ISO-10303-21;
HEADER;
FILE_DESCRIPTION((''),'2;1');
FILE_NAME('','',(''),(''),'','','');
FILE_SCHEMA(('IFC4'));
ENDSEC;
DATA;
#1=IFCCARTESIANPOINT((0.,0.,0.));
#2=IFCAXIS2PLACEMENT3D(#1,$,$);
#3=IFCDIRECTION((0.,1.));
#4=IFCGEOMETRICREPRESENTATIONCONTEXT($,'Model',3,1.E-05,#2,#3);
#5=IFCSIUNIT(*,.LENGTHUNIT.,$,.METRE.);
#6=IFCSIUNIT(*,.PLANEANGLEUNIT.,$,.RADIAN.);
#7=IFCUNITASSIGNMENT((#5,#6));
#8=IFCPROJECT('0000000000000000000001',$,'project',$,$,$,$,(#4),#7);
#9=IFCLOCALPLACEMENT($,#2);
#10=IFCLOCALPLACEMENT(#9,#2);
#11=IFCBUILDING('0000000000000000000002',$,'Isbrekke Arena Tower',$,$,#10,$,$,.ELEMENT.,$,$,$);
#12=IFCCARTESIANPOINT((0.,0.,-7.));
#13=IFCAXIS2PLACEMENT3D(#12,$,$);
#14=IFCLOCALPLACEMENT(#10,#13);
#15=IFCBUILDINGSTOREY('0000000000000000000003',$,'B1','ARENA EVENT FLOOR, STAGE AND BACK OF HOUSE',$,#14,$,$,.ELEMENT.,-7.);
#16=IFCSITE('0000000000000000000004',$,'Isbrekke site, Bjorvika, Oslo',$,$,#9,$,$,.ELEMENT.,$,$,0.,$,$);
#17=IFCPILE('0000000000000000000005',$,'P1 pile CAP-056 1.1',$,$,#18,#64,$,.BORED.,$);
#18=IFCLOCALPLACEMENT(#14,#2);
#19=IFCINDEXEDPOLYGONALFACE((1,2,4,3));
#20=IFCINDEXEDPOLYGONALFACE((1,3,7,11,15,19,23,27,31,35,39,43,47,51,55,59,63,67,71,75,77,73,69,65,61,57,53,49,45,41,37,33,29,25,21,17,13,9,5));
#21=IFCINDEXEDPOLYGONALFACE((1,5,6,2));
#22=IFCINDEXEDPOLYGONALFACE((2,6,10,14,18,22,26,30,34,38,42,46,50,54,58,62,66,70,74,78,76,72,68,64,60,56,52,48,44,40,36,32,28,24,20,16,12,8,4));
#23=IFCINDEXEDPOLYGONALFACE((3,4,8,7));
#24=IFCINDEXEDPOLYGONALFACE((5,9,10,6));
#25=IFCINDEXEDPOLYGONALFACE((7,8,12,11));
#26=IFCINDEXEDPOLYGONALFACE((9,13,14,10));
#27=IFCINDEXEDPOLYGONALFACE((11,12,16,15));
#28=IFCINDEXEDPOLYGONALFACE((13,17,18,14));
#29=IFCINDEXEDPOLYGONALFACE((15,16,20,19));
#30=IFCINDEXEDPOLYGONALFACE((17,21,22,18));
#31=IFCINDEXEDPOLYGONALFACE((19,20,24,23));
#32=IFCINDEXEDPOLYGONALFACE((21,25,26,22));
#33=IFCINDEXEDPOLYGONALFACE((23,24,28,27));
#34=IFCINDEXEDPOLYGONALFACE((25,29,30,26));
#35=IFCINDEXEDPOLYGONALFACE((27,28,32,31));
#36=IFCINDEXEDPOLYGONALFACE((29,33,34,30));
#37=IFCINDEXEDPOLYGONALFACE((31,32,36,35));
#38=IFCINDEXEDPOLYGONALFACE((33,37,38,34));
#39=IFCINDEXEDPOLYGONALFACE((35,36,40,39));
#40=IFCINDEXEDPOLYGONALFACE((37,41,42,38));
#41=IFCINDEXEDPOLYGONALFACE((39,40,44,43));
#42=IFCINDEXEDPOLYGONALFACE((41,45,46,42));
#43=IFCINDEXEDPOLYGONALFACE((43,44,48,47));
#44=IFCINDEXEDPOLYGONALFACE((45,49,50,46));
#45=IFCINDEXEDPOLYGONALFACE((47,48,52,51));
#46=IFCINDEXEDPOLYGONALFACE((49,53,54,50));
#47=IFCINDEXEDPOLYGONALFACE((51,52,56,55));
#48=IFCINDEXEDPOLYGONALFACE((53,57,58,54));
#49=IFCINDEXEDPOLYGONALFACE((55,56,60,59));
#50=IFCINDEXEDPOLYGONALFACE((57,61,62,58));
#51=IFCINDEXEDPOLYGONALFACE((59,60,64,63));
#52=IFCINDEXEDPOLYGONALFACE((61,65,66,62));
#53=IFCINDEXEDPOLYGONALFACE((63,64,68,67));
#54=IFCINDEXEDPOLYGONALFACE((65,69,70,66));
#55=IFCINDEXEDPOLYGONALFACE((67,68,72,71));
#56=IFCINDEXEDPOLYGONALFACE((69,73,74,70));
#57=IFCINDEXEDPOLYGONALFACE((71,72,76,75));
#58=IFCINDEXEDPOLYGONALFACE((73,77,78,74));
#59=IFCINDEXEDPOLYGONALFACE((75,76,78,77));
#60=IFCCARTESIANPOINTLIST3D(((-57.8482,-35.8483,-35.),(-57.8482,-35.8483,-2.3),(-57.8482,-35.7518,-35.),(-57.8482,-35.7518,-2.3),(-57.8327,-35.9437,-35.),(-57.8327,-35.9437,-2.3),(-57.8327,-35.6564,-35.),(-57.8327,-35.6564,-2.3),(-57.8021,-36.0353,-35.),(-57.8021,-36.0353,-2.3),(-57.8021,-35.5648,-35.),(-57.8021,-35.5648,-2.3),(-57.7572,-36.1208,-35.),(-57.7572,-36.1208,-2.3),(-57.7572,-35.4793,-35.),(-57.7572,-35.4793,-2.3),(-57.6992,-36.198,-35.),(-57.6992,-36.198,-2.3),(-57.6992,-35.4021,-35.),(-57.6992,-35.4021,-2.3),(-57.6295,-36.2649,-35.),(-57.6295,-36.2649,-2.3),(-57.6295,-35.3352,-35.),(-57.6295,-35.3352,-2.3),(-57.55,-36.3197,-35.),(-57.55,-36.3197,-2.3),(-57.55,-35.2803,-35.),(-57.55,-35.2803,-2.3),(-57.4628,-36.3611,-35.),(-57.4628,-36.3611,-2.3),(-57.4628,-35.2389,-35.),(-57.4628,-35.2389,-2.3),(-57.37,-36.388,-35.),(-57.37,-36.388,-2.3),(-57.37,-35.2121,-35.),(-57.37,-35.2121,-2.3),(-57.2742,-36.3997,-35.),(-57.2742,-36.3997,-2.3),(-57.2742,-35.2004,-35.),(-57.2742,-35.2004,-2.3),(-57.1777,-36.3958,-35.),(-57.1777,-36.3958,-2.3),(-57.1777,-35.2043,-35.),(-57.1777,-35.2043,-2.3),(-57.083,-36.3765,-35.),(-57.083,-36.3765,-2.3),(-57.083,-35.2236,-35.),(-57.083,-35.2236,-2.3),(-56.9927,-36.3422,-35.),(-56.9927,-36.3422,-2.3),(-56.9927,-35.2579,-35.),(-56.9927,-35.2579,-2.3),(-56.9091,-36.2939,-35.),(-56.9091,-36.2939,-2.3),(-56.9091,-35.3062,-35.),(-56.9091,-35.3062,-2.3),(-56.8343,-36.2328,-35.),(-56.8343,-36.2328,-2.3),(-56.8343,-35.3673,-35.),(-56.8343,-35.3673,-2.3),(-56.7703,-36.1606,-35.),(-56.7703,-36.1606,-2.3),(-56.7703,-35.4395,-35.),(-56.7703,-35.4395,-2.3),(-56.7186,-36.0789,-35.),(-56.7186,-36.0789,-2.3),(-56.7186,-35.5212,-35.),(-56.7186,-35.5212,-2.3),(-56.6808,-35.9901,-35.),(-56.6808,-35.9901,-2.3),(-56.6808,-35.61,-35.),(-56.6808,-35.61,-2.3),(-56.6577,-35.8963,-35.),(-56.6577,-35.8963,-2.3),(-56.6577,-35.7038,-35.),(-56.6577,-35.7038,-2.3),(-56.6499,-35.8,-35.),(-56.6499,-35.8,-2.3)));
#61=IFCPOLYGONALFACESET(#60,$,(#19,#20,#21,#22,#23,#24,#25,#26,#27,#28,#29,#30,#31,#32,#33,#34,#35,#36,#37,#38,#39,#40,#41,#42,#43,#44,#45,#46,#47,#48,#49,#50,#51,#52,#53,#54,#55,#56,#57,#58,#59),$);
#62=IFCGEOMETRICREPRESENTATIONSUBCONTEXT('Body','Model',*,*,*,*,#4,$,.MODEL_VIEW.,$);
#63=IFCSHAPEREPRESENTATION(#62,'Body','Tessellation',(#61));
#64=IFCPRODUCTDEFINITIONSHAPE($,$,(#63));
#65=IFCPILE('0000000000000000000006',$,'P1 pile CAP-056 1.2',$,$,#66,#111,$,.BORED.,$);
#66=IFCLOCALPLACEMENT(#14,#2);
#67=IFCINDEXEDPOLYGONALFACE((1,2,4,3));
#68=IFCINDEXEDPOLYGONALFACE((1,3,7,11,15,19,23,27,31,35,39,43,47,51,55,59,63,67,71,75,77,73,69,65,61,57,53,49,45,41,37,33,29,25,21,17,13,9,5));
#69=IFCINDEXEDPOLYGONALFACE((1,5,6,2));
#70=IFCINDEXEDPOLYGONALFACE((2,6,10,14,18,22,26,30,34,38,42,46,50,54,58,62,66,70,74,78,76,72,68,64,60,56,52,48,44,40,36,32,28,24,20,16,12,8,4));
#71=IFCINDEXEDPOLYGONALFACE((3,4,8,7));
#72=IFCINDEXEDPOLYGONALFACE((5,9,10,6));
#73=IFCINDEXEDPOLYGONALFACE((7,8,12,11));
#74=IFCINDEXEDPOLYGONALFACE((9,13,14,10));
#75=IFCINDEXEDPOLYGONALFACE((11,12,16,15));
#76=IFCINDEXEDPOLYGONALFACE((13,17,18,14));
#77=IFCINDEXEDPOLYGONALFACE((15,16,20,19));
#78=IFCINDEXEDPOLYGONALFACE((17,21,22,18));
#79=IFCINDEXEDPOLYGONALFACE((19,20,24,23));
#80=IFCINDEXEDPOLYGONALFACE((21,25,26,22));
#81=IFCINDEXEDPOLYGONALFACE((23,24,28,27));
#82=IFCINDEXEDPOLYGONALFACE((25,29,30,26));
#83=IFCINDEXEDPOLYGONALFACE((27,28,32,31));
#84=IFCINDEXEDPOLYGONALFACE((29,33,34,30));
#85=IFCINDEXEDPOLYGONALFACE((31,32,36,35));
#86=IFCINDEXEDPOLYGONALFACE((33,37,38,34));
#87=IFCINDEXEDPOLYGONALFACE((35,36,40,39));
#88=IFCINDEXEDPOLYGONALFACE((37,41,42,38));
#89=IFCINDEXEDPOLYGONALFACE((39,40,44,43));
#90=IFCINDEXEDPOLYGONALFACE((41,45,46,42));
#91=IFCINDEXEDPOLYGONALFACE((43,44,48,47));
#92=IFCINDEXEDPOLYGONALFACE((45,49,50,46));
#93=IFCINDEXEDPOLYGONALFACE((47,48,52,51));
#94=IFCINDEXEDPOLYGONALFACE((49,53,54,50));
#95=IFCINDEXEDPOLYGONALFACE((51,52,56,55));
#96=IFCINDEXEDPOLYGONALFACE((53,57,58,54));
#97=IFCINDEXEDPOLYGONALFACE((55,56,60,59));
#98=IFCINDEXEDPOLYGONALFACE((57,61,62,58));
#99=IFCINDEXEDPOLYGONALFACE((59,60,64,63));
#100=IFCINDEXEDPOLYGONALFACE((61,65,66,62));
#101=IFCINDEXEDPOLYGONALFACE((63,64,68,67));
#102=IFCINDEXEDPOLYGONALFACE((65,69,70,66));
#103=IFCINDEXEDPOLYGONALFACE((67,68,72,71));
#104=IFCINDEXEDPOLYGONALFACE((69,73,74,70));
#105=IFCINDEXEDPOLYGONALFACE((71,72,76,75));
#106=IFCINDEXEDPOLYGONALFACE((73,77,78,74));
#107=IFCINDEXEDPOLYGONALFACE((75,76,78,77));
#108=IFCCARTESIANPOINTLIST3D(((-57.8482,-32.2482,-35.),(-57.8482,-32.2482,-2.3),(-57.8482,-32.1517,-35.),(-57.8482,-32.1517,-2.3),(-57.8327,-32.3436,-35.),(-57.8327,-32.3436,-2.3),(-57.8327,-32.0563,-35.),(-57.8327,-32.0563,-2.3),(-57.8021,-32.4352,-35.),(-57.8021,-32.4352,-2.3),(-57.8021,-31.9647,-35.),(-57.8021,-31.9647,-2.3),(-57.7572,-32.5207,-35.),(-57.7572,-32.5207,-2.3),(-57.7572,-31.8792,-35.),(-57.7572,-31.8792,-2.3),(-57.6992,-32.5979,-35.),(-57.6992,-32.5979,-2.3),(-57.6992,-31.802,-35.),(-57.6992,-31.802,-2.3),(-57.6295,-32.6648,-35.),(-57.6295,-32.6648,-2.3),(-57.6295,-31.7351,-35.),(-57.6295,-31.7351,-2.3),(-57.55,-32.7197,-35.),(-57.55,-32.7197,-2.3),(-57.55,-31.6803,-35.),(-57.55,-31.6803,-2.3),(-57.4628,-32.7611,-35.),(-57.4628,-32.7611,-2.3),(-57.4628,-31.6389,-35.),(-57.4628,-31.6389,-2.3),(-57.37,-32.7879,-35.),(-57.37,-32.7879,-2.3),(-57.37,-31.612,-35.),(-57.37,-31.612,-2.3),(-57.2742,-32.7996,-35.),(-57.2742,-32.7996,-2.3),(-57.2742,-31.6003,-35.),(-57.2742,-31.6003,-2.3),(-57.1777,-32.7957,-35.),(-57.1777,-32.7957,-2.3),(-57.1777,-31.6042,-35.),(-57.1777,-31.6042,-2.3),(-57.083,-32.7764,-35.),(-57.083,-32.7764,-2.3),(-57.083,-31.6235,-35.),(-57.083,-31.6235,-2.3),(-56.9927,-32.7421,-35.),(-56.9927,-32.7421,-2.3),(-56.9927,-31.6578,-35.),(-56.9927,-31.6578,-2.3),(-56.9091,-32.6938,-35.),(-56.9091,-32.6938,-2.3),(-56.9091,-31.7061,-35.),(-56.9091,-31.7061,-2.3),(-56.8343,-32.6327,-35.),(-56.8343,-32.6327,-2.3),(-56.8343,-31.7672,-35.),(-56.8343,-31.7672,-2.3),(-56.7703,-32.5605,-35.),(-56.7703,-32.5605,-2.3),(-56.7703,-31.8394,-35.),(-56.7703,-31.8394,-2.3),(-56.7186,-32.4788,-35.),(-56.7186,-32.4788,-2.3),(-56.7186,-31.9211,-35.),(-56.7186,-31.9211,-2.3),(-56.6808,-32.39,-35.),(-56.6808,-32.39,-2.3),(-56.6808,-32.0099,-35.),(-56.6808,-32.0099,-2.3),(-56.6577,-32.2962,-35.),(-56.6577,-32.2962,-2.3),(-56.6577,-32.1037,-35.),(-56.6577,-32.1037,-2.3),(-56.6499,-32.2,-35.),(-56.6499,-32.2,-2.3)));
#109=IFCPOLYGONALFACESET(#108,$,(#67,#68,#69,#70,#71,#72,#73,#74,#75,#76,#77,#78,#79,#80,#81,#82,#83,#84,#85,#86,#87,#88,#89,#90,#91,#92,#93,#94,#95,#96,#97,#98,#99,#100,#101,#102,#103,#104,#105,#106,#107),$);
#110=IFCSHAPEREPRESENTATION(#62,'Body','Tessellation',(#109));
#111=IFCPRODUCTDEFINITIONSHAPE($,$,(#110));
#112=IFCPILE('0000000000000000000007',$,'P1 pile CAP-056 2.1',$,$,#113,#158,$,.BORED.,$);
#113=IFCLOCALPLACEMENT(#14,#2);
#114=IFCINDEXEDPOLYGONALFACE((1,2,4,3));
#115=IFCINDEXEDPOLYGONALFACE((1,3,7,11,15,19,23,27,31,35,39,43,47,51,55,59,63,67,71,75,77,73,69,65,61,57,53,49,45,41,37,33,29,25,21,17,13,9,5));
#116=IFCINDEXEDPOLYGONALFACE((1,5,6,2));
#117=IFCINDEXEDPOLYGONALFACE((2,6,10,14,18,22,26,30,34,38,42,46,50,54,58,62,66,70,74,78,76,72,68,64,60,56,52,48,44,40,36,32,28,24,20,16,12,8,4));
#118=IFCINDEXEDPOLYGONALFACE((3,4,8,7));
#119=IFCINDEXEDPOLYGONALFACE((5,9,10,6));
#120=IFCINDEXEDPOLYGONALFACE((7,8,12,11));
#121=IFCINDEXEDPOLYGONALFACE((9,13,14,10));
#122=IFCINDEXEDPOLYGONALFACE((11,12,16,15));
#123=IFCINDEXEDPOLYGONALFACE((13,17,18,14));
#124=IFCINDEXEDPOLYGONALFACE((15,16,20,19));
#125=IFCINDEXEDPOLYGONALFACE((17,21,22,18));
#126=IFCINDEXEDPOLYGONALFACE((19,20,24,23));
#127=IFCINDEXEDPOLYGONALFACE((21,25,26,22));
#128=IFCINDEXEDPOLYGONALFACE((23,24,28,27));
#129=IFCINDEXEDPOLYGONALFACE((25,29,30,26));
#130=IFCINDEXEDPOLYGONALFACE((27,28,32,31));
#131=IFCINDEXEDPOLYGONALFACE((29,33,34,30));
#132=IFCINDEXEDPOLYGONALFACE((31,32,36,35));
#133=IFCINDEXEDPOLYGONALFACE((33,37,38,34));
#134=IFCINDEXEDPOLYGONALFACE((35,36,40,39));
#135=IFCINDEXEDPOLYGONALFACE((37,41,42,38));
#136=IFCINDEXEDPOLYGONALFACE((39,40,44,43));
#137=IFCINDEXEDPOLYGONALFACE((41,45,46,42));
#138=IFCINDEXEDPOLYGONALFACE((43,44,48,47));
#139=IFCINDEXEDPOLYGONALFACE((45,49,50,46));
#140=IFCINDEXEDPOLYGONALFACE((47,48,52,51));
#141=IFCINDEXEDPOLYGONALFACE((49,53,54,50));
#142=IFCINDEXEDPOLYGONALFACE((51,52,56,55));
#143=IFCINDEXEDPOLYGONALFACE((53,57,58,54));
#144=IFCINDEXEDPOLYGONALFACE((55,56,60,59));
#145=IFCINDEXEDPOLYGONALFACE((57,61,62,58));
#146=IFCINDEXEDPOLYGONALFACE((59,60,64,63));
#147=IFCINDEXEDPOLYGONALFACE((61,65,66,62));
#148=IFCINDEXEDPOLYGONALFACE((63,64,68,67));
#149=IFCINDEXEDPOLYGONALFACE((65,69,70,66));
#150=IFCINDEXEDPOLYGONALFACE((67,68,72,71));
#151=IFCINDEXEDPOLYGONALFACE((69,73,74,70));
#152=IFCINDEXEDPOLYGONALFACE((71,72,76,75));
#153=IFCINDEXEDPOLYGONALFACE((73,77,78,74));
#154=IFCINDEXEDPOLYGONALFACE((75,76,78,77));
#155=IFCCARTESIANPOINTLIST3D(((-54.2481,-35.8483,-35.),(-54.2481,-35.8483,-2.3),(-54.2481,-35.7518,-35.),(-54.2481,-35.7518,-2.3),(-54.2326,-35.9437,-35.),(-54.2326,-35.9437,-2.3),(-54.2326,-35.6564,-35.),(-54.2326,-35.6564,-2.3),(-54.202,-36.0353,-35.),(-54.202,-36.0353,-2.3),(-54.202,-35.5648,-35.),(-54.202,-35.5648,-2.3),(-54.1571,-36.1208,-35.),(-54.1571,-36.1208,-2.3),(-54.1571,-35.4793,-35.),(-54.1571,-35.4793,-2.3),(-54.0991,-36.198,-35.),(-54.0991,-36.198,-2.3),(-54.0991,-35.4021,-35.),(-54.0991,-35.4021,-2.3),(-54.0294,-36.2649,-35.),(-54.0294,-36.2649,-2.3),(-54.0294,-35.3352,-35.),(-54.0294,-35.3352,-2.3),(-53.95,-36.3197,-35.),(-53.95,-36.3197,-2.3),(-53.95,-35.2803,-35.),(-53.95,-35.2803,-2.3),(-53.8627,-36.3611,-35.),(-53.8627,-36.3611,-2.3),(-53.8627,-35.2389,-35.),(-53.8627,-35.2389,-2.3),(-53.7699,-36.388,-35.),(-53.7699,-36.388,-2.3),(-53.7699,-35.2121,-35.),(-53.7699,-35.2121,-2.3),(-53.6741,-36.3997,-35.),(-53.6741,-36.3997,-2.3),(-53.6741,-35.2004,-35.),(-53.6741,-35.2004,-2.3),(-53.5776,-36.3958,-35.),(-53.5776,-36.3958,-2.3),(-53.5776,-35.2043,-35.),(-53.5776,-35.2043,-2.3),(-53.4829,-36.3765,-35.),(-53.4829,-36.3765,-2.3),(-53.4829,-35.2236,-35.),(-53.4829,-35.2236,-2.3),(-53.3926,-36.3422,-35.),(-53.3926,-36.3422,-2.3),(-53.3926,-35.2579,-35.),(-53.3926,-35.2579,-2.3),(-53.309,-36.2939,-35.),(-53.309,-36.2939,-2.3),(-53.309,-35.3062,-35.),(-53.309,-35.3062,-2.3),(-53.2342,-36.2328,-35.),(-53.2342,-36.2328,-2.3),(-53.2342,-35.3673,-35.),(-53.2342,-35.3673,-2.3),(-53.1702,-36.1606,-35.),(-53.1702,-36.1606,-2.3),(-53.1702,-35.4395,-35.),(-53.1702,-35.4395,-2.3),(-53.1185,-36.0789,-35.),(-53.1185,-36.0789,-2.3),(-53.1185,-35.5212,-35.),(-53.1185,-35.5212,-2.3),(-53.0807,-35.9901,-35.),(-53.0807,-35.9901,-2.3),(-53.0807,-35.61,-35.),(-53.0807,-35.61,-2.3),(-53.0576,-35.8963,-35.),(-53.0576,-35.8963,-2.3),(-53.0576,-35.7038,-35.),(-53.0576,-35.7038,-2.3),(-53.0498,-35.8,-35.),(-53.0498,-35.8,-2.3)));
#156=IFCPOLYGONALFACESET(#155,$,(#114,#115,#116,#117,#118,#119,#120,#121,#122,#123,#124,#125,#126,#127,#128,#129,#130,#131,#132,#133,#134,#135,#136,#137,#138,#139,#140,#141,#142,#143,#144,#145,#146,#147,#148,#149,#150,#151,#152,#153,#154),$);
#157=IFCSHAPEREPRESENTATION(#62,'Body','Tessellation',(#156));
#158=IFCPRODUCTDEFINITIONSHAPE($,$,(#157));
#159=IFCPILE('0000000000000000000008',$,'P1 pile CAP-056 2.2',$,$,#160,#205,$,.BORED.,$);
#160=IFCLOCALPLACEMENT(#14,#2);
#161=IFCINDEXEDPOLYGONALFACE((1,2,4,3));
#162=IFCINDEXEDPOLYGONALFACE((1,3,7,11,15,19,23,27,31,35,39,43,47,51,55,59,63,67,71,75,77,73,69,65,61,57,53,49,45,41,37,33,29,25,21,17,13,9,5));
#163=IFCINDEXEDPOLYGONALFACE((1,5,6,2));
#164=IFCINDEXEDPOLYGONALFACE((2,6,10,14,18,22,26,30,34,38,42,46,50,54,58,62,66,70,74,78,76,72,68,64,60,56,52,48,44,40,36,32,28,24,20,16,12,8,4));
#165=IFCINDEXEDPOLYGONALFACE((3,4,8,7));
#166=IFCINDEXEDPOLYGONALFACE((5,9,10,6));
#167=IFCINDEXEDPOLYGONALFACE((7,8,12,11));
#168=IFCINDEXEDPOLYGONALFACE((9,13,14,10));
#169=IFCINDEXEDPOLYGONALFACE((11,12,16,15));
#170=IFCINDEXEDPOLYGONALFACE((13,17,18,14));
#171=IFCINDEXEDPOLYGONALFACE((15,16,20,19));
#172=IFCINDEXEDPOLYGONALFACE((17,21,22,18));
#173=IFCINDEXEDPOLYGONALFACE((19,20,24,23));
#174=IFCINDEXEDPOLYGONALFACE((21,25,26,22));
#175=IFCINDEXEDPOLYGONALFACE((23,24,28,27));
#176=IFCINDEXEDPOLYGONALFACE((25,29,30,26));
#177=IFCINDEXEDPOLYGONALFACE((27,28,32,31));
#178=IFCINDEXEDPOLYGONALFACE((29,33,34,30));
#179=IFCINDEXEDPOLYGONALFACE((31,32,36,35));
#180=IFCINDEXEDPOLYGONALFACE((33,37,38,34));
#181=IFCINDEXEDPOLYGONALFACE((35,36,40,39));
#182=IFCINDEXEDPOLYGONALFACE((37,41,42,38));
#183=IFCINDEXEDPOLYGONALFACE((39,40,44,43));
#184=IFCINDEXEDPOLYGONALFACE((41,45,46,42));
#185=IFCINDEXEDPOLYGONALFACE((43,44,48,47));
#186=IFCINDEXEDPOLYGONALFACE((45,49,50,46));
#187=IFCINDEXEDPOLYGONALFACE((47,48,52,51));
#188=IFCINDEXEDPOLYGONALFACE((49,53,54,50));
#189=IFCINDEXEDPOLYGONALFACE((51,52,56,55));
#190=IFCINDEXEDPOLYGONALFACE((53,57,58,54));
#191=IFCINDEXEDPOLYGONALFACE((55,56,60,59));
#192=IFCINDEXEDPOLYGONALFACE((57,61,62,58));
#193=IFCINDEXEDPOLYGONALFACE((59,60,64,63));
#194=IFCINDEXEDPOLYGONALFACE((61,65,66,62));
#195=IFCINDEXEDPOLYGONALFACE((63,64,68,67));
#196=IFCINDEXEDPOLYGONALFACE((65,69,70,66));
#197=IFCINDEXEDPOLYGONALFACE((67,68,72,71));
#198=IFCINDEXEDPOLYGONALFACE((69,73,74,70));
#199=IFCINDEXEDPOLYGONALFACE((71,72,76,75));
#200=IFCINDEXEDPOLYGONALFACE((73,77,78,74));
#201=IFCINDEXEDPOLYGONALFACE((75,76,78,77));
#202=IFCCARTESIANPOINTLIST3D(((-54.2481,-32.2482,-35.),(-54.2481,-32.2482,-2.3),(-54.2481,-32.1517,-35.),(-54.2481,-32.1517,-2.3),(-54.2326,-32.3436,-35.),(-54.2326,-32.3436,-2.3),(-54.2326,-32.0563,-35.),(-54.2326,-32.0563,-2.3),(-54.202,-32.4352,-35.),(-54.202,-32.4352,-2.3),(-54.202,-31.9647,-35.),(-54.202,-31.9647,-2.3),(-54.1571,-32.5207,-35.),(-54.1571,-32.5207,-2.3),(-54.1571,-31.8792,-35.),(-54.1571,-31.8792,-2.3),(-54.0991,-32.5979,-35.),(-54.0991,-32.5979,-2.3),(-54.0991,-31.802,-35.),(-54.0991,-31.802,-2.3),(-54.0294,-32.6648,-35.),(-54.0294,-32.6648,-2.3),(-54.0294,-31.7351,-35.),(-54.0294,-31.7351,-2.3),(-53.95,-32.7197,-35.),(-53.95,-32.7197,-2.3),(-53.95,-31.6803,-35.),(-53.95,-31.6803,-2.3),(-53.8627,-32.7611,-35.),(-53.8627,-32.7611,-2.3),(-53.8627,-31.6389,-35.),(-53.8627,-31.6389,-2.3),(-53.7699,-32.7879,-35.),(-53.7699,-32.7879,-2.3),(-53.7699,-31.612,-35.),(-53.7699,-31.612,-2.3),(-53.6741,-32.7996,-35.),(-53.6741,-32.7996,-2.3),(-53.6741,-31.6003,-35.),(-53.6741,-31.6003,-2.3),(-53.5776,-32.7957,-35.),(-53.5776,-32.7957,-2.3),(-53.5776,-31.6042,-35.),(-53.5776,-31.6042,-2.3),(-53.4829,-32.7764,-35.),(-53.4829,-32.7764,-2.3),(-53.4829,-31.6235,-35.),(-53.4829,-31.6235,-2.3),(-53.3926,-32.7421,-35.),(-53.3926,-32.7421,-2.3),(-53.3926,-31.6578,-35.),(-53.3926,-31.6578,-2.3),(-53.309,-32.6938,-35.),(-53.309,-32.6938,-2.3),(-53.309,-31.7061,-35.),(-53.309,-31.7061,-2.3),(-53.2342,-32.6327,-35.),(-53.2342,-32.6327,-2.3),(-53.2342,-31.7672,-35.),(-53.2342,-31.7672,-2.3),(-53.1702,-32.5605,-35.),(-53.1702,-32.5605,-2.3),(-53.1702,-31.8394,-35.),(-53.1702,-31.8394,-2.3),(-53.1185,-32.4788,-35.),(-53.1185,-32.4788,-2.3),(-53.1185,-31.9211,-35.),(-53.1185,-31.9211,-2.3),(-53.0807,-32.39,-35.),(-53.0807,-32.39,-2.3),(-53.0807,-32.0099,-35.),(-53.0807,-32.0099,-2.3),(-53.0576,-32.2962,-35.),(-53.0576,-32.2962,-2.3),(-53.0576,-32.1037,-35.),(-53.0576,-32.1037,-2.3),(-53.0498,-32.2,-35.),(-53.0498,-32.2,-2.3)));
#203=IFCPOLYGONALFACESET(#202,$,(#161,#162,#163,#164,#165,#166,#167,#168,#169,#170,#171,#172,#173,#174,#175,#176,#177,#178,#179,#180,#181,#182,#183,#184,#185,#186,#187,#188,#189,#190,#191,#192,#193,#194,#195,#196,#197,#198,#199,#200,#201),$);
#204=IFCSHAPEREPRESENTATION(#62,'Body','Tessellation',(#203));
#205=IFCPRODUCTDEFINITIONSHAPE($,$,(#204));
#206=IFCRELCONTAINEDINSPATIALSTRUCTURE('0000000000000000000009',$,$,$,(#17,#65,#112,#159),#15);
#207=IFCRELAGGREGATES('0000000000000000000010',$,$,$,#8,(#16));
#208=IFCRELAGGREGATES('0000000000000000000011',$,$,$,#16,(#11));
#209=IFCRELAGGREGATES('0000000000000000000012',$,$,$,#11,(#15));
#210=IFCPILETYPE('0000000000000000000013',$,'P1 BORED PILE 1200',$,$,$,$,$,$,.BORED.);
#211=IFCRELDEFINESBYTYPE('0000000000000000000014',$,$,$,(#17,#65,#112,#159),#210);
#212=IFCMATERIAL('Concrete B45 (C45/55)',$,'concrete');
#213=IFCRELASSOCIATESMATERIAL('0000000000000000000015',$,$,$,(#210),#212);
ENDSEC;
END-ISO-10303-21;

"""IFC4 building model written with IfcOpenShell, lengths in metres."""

from ifc_helpers import new_model, si_unit, direction, frame, origin, origin_2d, place, context, subcontext, project, spatial, circle, extrude, material, material_profile, profile_set, type_object, element, save


model = new_model("IFC4")

# Units and contexts
model_context = context("Model", 3, precision=1e-05, world=origin(), true_north=direction((0.0, 1.0)))
body_context = subcontext(model_context, "Body", "Model", "MODEL_VIEW")
ifc_project = project(units=[si_unit("LENGTHUNIT", "METRE"), si_unit("PLANEANGLEUNIT", "RADIAN")], contexts=[model_context])

# Site, building, storey
site_placement = place(None, origin())
site = spatial("IfcSite", under=ifc_project, at=site_placement, Name="Isbrekke site, Bjorvika, Oslo", CompositionType="ELEMENT", RefElevation=0.0)
building_placement = place(site_placement, origin())
building = spatial("IfcBuilding", under=site, at=building_placement, Name="Isbrekke Arena Tower", CompositionType="ELEMENT")
storey_placement = place(building_placement, frame((0.0, 0.0, -7.0)))
storey = spatial("IfcBuildingStorey", under=building, at=storey_placement, Name="B1", Description="ARENA EVENT FLOOR, STAGE AND BACK OF HOUSE", CompositionType="ELEMENT", Elevation=-7.0)

# Piles
ifc_material_1 = material(Name="Concrete B45 (C45/55)", Category="concrete")
ifc_material_profile_1 = material_profile(ifc_material_1, circle(Radius=0.6001, at=origin_2d()), Name="BORED PILE D1200")
ifc_profile_set_1 = profile_set([ifc_material_profile_1], Name="Concrete B45 (C45/55)")
pile_type = type_object("IfcPileType", Name="P1 BORED PILE 1200", PredefinedType="BORED", material=ifc_profile_set_1)
for number, where, z_axis, x_axis, name in (
    (1, (-57.25, -35.8, -2.3), (0.0, 0.0, -1.0), (1.0, 0.0, 0.0), "P1 pile CAP-056 1.1"),
    (2, (-57.25, -32.2, -2.3), (0.0, 0.0, -1.0), (1.0, 0.0, 0.0), "P1 pile CAP-056 1.2"),
    (3, (-53.6499, -35.8, -2.3), (0.0, 0.0, -1.0), (1.0, 0.0, 0.0), "P1 pile CAP-056 2.1"),
    (4, (-53.6499, -32.2, -2.3), (0.0, 0.0, -1.0), (1.0, 0.0, 0.0), "P1 pile CAP-056 2.2"),
):
    element("IfcPile", number, at=place(storey_placement, frame(where, z_axis=z_axis, x_axis=x_axis)), inside=storey, type_object=pile_type, Name=name, PredefinedType="BORED", context=body_context, shape_type="SweptSolid", body=[
        extrude(circle(Radius=0.6001, at=origin_2d()), origin(), (0.0, 0.0, 1.0), 32.7),
    ])

save(model, "model.ifc")
